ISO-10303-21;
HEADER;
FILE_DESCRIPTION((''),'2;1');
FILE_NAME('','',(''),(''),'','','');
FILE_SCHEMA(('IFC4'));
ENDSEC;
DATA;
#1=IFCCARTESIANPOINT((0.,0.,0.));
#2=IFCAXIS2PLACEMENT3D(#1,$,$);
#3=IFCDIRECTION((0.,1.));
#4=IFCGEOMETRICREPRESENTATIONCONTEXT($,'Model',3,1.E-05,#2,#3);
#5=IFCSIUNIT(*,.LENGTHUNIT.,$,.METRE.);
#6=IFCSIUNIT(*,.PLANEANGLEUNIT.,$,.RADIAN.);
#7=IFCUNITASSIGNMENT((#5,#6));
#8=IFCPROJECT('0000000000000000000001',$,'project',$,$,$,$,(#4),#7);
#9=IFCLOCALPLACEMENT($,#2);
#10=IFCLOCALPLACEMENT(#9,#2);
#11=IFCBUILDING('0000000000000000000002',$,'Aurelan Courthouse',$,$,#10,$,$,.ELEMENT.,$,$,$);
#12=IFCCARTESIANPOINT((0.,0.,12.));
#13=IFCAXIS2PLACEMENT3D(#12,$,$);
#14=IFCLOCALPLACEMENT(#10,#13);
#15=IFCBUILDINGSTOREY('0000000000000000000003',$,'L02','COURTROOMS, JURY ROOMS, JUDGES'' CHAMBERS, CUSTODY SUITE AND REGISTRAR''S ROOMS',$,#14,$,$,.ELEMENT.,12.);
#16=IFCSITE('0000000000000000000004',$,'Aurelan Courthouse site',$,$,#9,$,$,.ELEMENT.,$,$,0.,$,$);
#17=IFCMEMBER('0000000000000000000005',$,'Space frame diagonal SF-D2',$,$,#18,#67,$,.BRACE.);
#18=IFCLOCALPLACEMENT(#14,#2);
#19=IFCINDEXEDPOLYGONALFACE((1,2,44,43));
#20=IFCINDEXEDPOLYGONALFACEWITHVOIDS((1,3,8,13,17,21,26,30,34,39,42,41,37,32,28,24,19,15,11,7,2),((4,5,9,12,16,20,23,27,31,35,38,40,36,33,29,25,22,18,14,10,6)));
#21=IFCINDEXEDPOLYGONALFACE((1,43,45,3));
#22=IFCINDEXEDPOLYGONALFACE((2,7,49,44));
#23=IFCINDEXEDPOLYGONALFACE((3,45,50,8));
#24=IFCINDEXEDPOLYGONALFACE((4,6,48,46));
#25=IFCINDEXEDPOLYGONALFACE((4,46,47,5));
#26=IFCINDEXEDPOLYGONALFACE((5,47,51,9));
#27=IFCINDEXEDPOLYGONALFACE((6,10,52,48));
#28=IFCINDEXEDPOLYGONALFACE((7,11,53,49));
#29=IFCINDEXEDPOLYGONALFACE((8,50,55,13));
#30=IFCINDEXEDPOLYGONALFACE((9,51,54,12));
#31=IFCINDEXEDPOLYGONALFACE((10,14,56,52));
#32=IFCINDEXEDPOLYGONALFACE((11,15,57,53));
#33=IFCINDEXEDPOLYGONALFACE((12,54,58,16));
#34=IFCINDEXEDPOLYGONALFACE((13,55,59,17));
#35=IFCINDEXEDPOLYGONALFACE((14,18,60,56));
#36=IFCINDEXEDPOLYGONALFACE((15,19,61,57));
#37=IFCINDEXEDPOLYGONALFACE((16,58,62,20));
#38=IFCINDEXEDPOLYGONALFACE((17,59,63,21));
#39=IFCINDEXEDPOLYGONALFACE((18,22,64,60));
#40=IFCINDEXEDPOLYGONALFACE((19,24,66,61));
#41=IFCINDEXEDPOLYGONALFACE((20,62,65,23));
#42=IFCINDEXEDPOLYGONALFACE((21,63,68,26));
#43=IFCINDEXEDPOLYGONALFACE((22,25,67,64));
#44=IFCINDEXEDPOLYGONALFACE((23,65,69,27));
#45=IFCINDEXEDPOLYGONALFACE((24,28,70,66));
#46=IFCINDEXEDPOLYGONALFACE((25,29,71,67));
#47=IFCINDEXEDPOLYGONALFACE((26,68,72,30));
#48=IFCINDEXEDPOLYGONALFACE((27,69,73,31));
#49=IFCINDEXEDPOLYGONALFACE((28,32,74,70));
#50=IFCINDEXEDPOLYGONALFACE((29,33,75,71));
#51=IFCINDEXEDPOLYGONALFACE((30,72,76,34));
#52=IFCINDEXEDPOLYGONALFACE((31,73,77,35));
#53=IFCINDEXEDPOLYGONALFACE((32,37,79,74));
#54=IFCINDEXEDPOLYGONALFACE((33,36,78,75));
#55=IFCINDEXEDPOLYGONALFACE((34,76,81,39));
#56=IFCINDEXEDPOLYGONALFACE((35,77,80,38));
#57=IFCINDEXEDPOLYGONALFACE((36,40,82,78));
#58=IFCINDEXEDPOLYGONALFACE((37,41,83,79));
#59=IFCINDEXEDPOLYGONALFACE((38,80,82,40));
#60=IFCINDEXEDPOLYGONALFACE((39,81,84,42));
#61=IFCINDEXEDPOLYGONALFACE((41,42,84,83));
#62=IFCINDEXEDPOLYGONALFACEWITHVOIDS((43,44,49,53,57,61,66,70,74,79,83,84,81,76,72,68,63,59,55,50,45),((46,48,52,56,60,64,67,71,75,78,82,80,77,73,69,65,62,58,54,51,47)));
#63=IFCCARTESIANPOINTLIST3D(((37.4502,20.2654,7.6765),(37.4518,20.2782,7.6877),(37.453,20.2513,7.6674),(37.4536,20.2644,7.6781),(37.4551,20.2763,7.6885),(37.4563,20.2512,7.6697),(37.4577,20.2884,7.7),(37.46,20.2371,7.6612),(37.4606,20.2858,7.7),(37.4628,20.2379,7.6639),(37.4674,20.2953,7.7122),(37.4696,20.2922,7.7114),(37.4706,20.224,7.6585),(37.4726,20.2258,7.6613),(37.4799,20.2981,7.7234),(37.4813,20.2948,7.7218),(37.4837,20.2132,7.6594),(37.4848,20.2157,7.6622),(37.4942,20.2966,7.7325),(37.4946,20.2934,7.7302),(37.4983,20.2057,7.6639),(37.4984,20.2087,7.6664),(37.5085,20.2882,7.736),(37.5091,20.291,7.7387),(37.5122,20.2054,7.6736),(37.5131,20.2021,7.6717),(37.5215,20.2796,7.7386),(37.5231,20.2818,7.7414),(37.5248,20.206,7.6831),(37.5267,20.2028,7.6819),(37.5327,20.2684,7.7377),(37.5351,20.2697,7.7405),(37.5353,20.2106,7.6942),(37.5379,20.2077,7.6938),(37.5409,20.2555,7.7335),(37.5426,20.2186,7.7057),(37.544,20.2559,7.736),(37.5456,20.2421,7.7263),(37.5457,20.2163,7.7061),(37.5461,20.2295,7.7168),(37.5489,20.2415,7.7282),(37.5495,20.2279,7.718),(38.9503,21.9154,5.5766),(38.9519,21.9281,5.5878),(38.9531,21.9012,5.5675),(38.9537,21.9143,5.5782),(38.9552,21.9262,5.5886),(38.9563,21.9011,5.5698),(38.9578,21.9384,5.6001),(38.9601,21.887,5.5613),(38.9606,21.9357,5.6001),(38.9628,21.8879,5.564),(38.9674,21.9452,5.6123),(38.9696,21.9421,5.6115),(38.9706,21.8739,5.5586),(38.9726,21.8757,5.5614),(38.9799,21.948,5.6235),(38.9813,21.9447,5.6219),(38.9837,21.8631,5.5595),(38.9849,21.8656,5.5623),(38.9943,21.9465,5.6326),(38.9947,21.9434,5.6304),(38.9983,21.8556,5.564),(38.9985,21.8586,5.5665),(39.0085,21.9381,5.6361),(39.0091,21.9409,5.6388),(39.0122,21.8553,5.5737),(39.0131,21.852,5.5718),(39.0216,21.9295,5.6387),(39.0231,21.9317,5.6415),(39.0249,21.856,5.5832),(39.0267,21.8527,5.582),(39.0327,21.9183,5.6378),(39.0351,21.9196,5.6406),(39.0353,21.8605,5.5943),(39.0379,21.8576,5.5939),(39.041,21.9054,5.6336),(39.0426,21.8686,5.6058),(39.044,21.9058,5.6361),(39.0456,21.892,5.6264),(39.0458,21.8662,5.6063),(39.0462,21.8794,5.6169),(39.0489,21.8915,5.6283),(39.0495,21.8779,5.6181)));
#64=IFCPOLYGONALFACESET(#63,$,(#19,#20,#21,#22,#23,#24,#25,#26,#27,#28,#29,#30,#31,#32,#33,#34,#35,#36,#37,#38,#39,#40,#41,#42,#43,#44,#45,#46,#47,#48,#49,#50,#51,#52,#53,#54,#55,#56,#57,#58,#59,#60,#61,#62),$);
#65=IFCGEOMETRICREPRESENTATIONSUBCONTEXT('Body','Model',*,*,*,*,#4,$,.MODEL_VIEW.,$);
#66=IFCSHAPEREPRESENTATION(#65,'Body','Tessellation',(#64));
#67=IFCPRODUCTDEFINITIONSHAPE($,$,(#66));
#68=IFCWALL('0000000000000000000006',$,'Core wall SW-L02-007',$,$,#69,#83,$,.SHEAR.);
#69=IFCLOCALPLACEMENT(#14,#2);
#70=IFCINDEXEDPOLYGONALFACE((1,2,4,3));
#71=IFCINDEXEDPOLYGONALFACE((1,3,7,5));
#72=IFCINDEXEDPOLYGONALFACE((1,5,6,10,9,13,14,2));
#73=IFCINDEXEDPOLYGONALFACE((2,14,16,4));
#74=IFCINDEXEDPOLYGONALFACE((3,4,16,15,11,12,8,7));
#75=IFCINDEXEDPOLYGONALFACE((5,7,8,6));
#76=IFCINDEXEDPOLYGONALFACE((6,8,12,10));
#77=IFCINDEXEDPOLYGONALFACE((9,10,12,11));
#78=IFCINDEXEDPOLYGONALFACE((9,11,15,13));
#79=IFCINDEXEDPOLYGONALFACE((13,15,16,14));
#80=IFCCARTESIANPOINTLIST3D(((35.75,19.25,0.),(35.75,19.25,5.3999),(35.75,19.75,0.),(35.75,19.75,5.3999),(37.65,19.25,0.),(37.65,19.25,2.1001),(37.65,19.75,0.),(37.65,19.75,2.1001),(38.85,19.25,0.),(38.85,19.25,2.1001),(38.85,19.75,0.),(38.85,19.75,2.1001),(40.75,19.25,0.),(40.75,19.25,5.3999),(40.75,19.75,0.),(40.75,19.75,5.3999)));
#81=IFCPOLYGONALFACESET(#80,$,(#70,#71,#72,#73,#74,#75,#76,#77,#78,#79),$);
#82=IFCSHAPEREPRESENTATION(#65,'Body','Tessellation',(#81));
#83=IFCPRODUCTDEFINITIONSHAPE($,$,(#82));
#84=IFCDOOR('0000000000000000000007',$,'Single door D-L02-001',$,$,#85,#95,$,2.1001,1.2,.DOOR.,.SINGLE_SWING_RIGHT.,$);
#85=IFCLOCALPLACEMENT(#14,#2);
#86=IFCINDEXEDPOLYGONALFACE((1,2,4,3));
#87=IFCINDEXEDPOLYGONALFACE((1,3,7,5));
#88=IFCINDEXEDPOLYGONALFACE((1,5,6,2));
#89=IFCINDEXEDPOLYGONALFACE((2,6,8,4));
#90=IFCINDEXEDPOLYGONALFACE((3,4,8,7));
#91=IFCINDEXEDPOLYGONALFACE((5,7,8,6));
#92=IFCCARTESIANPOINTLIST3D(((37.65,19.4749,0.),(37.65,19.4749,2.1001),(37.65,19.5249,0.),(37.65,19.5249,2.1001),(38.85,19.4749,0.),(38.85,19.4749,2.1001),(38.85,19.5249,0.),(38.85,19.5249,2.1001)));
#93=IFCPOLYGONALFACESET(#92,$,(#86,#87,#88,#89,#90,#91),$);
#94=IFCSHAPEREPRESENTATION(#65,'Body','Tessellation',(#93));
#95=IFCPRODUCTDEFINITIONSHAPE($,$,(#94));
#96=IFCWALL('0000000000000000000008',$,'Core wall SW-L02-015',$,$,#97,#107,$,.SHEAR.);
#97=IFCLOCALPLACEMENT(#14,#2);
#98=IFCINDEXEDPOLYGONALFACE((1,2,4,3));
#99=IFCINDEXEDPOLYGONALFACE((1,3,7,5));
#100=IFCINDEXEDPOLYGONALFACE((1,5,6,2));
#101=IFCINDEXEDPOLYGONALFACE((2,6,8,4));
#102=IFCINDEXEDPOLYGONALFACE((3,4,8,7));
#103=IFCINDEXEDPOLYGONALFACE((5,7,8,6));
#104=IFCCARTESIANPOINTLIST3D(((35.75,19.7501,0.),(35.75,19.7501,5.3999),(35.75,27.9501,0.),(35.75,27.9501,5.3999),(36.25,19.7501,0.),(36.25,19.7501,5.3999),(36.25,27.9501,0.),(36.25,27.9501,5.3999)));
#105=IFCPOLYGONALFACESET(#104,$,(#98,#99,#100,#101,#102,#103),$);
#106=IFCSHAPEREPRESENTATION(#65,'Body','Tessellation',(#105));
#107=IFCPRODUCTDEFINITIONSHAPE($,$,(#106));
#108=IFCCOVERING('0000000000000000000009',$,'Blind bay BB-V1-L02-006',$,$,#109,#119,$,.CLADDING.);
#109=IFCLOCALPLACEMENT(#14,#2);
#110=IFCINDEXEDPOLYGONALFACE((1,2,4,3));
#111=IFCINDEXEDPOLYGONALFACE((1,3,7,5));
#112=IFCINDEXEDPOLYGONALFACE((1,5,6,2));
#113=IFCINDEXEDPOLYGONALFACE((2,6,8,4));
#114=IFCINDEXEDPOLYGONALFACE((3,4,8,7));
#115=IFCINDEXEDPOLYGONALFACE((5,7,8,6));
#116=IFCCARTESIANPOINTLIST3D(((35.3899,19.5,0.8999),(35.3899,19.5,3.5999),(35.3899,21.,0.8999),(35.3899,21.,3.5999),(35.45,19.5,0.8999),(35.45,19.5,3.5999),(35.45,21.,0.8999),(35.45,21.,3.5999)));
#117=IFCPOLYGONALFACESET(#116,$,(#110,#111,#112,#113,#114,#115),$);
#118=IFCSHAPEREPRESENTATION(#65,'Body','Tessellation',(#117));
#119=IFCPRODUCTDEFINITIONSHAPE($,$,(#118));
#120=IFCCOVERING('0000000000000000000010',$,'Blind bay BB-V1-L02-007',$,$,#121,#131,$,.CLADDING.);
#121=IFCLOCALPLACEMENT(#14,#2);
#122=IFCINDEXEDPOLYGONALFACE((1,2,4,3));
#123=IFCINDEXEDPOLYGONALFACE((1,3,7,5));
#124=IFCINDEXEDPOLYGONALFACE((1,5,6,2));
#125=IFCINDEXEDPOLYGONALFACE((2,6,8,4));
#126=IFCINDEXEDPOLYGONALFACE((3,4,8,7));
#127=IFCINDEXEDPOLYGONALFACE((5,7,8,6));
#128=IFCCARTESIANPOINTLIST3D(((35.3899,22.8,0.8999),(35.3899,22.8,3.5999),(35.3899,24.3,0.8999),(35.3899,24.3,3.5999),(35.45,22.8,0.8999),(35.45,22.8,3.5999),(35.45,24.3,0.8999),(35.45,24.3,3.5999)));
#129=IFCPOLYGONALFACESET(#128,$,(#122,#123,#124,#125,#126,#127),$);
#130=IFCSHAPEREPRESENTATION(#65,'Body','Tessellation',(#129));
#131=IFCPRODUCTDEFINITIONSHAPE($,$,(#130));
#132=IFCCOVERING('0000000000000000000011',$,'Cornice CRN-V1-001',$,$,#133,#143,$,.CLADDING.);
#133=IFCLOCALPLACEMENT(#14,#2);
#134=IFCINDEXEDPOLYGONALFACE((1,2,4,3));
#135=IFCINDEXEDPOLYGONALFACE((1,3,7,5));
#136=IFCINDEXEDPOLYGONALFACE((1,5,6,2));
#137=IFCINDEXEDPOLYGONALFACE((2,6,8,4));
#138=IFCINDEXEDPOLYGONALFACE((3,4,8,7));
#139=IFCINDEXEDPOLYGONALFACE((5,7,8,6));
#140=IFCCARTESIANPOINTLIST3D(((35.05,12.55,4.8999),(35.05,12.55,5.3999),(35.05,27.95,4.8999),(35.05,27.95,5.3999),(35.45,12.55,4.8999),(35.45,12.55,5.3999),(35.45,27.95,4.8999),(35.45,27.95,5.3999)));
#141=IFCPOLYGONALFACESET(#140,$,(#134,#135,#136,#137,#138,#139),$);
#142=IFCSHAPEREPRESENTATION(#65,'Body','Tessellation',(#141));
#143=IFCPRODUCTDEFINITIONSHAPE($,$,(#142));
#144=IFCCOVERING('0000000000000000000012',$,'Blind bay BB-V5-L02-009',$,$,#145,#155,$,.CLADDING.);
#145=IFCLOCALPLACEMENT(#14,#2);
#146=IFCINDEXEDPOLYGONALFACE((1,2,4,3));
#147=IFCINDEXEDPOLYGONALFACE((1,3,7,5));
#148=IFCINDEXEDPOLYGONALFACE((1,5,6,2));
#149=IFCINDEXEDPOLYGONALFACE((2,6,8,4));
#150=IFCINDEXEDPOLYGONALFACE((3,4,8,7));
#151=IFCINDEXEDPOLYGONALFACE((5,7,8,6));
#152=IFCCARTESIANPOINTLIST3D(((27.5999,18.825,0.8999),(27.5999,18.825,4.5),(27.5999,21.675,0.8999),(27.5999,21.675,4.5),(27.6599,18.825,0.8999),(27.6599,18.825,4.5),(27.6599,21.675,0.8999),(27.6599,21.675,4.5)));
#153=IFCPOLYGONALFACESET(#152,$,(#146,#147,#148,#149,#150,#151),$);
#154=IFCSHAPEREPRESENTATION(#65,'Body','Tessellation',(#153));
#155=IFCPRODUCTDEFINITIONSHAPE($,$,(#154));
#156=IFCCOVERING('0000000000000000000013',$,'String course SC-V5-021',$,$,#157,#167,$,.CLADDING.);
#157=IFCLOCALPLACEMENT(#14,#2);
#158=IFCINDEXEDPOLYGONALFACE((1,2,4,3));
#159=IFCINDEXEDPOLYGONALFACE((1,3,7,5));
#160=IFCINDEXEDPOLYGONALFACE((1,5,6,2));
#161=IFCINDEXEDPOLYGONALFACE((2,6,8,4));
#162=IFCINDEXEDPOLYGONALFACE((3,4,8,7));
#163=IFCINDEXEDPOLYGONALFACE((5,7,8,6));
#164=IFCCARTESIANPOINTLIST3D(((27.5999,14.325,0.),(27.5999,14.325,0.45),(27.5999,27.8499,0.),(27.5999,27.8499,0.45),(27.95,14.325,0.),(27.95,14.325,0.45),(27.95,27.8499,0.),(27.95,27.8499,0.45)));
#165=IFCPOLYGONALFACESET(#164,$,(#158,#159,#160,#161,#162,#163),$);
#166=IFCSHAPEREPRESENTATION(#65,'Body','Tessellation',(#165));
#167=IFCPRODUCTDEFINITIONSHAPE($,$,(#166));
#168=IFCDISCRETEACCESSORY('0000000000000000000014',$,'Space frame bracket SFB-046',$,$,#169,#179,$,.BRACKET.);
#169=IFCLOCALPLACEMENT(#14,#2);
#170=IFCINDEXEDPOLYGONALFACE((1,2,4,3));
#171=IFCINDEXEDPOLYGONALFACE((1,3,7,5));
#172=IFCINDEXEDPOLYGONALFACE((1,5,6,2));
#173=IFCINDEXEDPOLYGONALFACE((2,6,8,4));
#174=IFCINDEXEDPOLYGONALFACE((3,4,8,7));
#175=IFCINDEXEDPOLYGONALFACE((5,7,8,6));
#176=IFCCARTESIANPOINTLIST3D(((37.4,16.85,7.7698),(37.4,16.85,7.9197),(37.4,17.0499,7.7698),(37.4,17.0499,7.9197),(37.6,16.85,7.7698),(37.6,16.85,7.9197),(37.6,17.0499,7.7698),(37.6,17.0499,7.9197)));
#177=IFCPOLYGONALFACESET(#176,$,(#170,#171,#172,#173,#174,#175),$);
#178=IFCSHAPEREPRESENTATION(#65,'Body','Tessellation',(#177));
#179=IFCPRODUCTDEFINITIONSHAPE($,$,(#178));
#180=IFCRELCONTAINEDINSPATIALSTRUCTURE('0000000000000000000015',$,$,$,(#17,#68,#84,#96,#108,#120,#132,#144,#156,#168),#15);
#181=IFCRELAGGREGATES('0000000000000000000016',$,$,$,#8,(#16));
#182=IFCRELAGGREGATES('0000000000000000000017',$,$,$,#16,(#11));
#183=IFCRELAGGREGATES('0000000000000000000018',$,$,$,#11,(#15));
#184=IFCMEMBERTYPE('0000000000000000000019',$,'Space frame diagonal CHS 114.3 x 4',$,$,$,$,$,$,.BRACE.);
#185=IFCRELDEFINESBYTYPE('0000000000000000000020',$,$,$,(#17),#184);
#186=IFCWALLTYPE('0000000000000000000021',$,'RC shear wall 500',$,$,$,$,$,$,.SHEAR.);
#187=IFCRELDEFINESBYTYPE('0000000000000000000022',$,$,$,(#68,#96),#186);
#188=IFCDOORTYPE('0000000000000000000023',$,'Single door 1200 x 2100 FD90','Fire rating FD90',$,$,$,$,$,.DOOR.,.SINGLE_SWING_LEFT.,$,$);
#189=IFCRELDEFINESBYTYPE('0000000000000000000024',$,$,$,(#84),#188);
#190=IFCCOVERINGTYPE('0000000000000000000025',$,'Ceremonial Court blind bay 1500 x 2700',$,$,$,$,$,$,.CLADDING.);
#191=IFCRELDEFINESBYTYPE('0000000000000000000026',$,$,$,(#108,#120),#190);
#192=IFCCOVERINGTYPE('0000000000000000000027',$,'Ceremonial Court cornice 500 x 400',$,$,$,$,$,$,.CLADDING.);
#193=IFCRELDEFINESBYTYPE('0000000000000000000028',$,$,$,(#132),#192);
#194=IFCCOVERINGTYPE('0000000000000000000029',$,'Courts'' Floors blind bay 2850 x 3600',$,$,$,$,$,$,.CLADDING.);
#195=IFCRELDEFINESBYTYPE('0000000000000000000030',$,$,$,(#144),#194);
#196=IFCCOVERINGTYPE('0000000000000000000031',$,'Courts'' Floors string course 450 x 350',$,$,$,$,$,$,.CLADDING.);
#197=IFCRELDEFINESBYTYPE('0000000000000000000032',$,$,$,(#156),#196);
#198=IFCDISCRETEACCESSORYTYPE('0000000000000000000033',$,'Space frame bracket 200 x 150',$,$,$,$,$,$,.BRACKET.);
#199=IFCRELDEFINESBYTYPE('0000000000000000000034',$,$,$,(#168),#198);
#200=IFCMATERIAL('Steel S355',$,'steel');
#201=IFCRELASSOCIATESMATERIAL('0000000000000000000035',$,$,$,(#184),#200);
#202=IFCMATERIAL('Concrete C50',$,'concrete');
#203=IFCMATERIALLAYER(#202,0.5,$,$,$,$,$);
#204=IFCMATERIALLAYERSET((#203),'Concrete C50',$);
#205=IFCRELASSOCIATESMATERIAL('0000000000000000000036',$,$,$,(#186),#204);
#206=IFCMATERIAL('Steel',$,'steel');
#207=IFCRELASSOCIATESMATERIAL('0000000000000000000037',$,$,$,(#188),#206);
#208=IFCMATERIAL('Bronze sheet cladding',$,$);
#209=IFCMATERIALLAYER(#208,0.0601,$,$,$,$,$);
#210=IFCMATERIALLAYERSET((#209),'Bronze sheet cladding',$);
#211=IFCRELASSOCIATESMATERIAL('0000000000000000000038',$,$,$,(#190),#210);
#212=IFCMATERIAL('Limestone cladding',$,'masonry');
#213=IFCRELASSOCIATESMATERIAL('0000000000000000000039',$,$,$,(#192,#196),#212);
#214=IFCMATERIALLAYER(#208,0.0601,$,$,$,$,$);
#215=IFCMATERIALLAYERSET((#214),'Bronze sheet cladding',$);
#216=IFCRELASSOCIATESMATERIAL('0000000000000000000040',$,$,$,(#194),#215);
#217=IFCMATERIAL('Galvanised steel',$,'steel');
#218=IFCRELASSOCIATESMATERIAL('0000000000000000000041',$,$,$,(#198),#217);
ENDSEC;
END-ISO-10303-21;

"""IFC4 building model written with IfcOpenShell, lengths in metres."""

from ifc_helpers import new_model, si_unit, direction, frame, frame_2d, origin, origin_2d, place, context, subcontext, project, spatial, rectangle, hollow_circle, extrude, material, layer, layer_set, material_profile, profile_set, type_object, element, fill, save


model = new_model("IFC4")

# Units and contexts
model_context = context("Model", 3, precision=1e-05, world=origin(), true_north=direction((0.0, 1.0)))
body_context = subcontext(model_context, "Body", "Model", "MODEL_VIEW")
ifc_project = project(units=[si_unit("LENGTHUNIT", "METRE"), si_unit("PLANEANGLEUNIT", "RADIAN")], contexts=[model_context])

# Site, building, storey
site_placement = place(None, origin())
site = spatial("IfcSite", under=ifc_project, at=site_placement, Name="Aurelan Courthouse site", CompositionType="ELEMENT", RefElevation=0.0)
building_placement = place(site_placement, origin())
building = spatial("IfcBuilding", under=site, at=building_placement, Name="Aurelan Courthouse", CompositionType="ELEMENT")
storey_placement = place(building_placement, frame((0.0, 0.0, 12.0)))
storey = spatial("IfcBuildingStorey", under=building, at=storey_placement, Name="L02", Description="COURTROOMS, JURY ROOMS, JUDGES' CHAMBERS, CUSTODY SUITE AND REGISTRAR'S ROOMS", CompositionType="ELEMENT", Elevation=12.0)

# Member
ifc_material_1 = material(Name="Steel S355", Category="steel")
ifc_material_profile_1 = material_profile(ifc_material_1, hollow_circle(Radius=0.0571, WallThickness=0.0039, at=origin_2d()), Name="CHS 114.3 x 4")
ifc_profile_set_1 = profile_set([ifc_material_profile_1], Name="Steel S355")
member_type_1 = type_object("IfcMemberType", Name="Space frame diagonal CHS 114.3 x 4", PredefinedType="BRACE", material=ifc_profile_set_1)
for number, where, z_axis, x_axis, name in (
    (1, (37.5, 20.25, 7.7), (0.489727, 0.538667, -0.685569), (-0.73992, 0.672695, 0.0), "Space frame diagonal SF-D2"),
):
    element("IfcMember", number, at=place(storey_placement, frame(where, z_axis=z_axis, x_axis=x_axis)), inside=storey, type_object=member_type_1, Name=name, PredefinedType="BRACE", context=body_context, shape_type="SweptSolid", body=[
        extrude(hollow_circle(Radius=0.0571, WallThickness=0.0039, at=origin_2d()), origin(), (0.0, 0.0, 1.0), 3.063),
    ])

# Wall, opening, door
ifc_material_2 = material(Name="Concrete C50", Category="concrete")
ifc_layer_1 = layer(ifc_material_2, 0.5)
ifc_layer_set_1 = layer_set([ifc_layer_1], Name="Concrete C50")
wall_type = type_object("IfcWallType", Name="RC shear wall 500", PredefinedType="SHEAR", material=ifc_layer_set_1)
wall_1_placement = place(storey_placement, frame((35.75, 19.5, 0.0), z_axis=(0.0, 0.0, 1.0), x_axis=(1.0, 0.0, 0.0)))
wall_1 = element("IfcWall", 2, at=wall_1_placement, inside=storey, type_object=wall_type, Name="Core wall SW-L02-007", PredefinedType="SHEAR", context=body_context, shape_type="SweptSolid", body=[
    extrude(rectangle(XDim=5.0, YDim=0.5, at=frame_2d((2.5, 0.0))), origin(), (0.0, 0.0, 1.0), 5.3999),
])
opening_placement = place(wall_1_placement, frame((1.8999, 0.0, 0.0)))
opening = element("IfcOpeningElement", 3, at=opening_placement, cuts=wall_1, PredefinedType="OPENING", context=body_context, shape_type="SweptSolid", body=[
    extrude(rectangle(XDim=1.2, YDim=2.1001, at=frame_2d((0.6001, 1.05))), frame((0.0, 0.26, 0.0), z_axis=(0.0, -1.0, 0.0), x_axis=(1.0, 0.0, 0.0)), (0.0, 0.0, 1.0), 0.52),
])
ifc_material_3 = material(Name="Steel", Category="steel")
door_type = type_object("IfcDoorType", Name="Single door 1200 x 2100 FD90", Description="Fire rating FD90", OperationType="SINGLE_SWING_LEFT", PredefinedType="DOOR", material=ifc_material_3)
door_placement = place(opening_placement, origin())
door = element("IfcDoor", 4, at=door_placement, inside=storey, type_object=door_type, Name="Single door D-L02-001", OperationType="SINGLE_SWING_RIGHT", OverallHeight=2.1001, OverallWidth=1.2, PredefinedType="DOOR", context=body_context, shape_type="SweptSolid", body=[
    extrude(rectangle(XDim=1.2, YDim=2.1001, at=frame_2d((0.6001, 1.05))), frame((0.0, 0.0249, 0.0), z_axis=(0.0, -1.0, 0.0), x_axis=(1.0, 0.0, 0.0)), (0.0, 0.0, 1.0), 0.05),
])
fill(opening, door)

# Wall
wall_2_placement = place(storey_placement, frame((36.0, 19.75, 0.0), z_axis=(0.0, 0.0, 1.0), x_axis=(0.0, 1.0, 0.0)))
element("IfcWall", 5, at=wall_2_placement, inside=storey, type_object=wall_type, Name="Core wall SW-L02-015", PredefinedType="SHEAR", context=body_context, shape_type="SweptSolid", body=[
    extrude(rectangle(XDim=8.2, YDim=0.5, at=frame_2d((4.1001, 0.0))), origin(), (0.0, 0.0, 1.0), 5.3999),
])

# Coverings
ifc_material_4 = material(Name="Bronze sheet cladding")
ifc_layer_2 = layer(ifc_material_4, 0.0601)
ifc_layer_set_2 = layer_set([ifc_layer_2], Name="Bronze sheet cladding")
covering_type_1 = type_object("IfcCoveringType", Name="Ceremonial Court blind bay 1500 x 2700", PredefinedType="CLADDING", material=ifc_layer_set_2)
for number, where, z_axis, x_axis, name in (
    (6, (35.4199, 20.25, 0.8999), (0.0, 0.0, 1.0), (1.0, 0.0, 0.0), "Blind bay BB-V1-L02-006"),
    (7, (35.4199, 23.55, 0.8999), (0.0, 0.0, 1.0), (1.0, 0.0, 0.0), "Blind bay BB-V1-L02-007"),
):
    element("IfcCovering", number, at=place(storey_placement, frame(where, z_axis=z_axis, x_axis=x_axis)), inside=storey, type_object=covering_type_1, Name=name, PredefinedType="CLADDING", context=body_context, shape_type="SweptSolid", body=[
        extrude(rectangle(XDim=0.0601, YDim=1.5, at=origin_2d()), origin(), (0.0, 0.0, 1.0), 2.7),
    ])
ifc_material_5 = material(Name="Limestone cladding", Category="masonry")
covering_type_2 = type_object("IfcCoveringType", Name="Ceremonial Court cornice 500 x 400", PredefinedType="CLADDING", material=ifc_material_5)
covering_1_placement = place(storey_placement, frame((35.25, 20.25, 4.8999), z_axis=(0.0, 0.0, 1.0), x_axis=(1.0, 0.0, 0.0)))
element("IfcCovering", 8, at=covering_1_placement, inside=storey, type_object=covering_type_2, Name="Cornice CRN-V1-001", PredefinedType="CLADDING", context=body_context, shape_type="SweptSolid", body=[
    extrude(rectangle(XDim=0.3999, YDim=15.3999, at=origin_2d()), origin(), (0.0, 0.0, 1.0), 0.5),
])
ifc_layer_3 = layer(ifc_material_4, 0.0601)
ifc_layer_set_3 = layer_set([ifc_layer_3], Name="Bronze sheet cladding")
covering_type_3 = type_object("IfcCoveringType", Name="Courts' Floors blind bay 2850 x 3600", PredefinedType="CLADDING", material=ifc_layer_set_3)
covering_2_placement = place(storey_placement, frame((27.6299, 20.25, 0.8999), z_axis=(0.0, 0.0, 1.0), x_axis=(1.0, 0.0, 0.0)))
element("IfcCovering", 9, at=covering_2_placement, inside=storey, type_object=covering_type_3, Name="Blind bay BB-V5-L02-009", PredefinedType="CLADDING", context=body_context, shape_type="SweptSolid", body=[
    extrude(rectangle(XDim=0.0601, YDim=2.8501, at=origin_2d()), origin(), (0.0, 0.0, 1.0), 3.6001),
])
covering_type_4 = type_object("IfcCoveringType", Name="Courts' Floors string course 450 x 350", PredefinedType="CLADDING", material=ifc_material_5)
covering_3_placement = place(storey_placement, frame((27.7749, 21.0874, 0.0), z_axis=(0.0, 0.0, 1.0), x_axis=(1.0, 0.0, 0.0)))
element("IfcCovering", 10, at=covering_3_placement, inside=storey, type_object=covering_type_4, Name="String course SC-V5-021", PredefinedType="CLADDING", context=body_context, shape_type="SweptSolid", body=[
    extrude(rectangle(XDim=0.3501, YDim=13.5249, at=origin_2d()), origin(), (0.0, 0.0, 1.0), 0.45),
])

# Discrete accessory
ifc_material_6 = material(Name="Galvanised steel", Category="steel")
discrete_accessory_type_1 = type_object("IfcDiscreteAccessoryType", Name="Space frame bracket 200 x 150", PredefinedType="BRACKET", material=ifc_material_6)
for number, where, z_axis, x_axis, name in (
    (11, (37.5, 16.95, 7.7698), (0.0, 0.0, 1.0), (1.0, 0.0, 0.0), "Space frame bracket SFB-046"),
):
    element("IfcDiscreteAccessory", number, at=place(storey_placement, frame(where, z_axis=z_axis, x_axis=x_axis)), inside=storey, type_object=discrete_accessory_type_1, Name=name, PredefinedType="BRACKET", context=body_context, shape_type="SweptSolid", body=[
        extrude(rectangle(XDim=0.2, YDim=0.2, at=origin_2d()), origin(), (0.0, 0.0, 1.0), 0.1499),
    ])

save(model, "model.ifc")
